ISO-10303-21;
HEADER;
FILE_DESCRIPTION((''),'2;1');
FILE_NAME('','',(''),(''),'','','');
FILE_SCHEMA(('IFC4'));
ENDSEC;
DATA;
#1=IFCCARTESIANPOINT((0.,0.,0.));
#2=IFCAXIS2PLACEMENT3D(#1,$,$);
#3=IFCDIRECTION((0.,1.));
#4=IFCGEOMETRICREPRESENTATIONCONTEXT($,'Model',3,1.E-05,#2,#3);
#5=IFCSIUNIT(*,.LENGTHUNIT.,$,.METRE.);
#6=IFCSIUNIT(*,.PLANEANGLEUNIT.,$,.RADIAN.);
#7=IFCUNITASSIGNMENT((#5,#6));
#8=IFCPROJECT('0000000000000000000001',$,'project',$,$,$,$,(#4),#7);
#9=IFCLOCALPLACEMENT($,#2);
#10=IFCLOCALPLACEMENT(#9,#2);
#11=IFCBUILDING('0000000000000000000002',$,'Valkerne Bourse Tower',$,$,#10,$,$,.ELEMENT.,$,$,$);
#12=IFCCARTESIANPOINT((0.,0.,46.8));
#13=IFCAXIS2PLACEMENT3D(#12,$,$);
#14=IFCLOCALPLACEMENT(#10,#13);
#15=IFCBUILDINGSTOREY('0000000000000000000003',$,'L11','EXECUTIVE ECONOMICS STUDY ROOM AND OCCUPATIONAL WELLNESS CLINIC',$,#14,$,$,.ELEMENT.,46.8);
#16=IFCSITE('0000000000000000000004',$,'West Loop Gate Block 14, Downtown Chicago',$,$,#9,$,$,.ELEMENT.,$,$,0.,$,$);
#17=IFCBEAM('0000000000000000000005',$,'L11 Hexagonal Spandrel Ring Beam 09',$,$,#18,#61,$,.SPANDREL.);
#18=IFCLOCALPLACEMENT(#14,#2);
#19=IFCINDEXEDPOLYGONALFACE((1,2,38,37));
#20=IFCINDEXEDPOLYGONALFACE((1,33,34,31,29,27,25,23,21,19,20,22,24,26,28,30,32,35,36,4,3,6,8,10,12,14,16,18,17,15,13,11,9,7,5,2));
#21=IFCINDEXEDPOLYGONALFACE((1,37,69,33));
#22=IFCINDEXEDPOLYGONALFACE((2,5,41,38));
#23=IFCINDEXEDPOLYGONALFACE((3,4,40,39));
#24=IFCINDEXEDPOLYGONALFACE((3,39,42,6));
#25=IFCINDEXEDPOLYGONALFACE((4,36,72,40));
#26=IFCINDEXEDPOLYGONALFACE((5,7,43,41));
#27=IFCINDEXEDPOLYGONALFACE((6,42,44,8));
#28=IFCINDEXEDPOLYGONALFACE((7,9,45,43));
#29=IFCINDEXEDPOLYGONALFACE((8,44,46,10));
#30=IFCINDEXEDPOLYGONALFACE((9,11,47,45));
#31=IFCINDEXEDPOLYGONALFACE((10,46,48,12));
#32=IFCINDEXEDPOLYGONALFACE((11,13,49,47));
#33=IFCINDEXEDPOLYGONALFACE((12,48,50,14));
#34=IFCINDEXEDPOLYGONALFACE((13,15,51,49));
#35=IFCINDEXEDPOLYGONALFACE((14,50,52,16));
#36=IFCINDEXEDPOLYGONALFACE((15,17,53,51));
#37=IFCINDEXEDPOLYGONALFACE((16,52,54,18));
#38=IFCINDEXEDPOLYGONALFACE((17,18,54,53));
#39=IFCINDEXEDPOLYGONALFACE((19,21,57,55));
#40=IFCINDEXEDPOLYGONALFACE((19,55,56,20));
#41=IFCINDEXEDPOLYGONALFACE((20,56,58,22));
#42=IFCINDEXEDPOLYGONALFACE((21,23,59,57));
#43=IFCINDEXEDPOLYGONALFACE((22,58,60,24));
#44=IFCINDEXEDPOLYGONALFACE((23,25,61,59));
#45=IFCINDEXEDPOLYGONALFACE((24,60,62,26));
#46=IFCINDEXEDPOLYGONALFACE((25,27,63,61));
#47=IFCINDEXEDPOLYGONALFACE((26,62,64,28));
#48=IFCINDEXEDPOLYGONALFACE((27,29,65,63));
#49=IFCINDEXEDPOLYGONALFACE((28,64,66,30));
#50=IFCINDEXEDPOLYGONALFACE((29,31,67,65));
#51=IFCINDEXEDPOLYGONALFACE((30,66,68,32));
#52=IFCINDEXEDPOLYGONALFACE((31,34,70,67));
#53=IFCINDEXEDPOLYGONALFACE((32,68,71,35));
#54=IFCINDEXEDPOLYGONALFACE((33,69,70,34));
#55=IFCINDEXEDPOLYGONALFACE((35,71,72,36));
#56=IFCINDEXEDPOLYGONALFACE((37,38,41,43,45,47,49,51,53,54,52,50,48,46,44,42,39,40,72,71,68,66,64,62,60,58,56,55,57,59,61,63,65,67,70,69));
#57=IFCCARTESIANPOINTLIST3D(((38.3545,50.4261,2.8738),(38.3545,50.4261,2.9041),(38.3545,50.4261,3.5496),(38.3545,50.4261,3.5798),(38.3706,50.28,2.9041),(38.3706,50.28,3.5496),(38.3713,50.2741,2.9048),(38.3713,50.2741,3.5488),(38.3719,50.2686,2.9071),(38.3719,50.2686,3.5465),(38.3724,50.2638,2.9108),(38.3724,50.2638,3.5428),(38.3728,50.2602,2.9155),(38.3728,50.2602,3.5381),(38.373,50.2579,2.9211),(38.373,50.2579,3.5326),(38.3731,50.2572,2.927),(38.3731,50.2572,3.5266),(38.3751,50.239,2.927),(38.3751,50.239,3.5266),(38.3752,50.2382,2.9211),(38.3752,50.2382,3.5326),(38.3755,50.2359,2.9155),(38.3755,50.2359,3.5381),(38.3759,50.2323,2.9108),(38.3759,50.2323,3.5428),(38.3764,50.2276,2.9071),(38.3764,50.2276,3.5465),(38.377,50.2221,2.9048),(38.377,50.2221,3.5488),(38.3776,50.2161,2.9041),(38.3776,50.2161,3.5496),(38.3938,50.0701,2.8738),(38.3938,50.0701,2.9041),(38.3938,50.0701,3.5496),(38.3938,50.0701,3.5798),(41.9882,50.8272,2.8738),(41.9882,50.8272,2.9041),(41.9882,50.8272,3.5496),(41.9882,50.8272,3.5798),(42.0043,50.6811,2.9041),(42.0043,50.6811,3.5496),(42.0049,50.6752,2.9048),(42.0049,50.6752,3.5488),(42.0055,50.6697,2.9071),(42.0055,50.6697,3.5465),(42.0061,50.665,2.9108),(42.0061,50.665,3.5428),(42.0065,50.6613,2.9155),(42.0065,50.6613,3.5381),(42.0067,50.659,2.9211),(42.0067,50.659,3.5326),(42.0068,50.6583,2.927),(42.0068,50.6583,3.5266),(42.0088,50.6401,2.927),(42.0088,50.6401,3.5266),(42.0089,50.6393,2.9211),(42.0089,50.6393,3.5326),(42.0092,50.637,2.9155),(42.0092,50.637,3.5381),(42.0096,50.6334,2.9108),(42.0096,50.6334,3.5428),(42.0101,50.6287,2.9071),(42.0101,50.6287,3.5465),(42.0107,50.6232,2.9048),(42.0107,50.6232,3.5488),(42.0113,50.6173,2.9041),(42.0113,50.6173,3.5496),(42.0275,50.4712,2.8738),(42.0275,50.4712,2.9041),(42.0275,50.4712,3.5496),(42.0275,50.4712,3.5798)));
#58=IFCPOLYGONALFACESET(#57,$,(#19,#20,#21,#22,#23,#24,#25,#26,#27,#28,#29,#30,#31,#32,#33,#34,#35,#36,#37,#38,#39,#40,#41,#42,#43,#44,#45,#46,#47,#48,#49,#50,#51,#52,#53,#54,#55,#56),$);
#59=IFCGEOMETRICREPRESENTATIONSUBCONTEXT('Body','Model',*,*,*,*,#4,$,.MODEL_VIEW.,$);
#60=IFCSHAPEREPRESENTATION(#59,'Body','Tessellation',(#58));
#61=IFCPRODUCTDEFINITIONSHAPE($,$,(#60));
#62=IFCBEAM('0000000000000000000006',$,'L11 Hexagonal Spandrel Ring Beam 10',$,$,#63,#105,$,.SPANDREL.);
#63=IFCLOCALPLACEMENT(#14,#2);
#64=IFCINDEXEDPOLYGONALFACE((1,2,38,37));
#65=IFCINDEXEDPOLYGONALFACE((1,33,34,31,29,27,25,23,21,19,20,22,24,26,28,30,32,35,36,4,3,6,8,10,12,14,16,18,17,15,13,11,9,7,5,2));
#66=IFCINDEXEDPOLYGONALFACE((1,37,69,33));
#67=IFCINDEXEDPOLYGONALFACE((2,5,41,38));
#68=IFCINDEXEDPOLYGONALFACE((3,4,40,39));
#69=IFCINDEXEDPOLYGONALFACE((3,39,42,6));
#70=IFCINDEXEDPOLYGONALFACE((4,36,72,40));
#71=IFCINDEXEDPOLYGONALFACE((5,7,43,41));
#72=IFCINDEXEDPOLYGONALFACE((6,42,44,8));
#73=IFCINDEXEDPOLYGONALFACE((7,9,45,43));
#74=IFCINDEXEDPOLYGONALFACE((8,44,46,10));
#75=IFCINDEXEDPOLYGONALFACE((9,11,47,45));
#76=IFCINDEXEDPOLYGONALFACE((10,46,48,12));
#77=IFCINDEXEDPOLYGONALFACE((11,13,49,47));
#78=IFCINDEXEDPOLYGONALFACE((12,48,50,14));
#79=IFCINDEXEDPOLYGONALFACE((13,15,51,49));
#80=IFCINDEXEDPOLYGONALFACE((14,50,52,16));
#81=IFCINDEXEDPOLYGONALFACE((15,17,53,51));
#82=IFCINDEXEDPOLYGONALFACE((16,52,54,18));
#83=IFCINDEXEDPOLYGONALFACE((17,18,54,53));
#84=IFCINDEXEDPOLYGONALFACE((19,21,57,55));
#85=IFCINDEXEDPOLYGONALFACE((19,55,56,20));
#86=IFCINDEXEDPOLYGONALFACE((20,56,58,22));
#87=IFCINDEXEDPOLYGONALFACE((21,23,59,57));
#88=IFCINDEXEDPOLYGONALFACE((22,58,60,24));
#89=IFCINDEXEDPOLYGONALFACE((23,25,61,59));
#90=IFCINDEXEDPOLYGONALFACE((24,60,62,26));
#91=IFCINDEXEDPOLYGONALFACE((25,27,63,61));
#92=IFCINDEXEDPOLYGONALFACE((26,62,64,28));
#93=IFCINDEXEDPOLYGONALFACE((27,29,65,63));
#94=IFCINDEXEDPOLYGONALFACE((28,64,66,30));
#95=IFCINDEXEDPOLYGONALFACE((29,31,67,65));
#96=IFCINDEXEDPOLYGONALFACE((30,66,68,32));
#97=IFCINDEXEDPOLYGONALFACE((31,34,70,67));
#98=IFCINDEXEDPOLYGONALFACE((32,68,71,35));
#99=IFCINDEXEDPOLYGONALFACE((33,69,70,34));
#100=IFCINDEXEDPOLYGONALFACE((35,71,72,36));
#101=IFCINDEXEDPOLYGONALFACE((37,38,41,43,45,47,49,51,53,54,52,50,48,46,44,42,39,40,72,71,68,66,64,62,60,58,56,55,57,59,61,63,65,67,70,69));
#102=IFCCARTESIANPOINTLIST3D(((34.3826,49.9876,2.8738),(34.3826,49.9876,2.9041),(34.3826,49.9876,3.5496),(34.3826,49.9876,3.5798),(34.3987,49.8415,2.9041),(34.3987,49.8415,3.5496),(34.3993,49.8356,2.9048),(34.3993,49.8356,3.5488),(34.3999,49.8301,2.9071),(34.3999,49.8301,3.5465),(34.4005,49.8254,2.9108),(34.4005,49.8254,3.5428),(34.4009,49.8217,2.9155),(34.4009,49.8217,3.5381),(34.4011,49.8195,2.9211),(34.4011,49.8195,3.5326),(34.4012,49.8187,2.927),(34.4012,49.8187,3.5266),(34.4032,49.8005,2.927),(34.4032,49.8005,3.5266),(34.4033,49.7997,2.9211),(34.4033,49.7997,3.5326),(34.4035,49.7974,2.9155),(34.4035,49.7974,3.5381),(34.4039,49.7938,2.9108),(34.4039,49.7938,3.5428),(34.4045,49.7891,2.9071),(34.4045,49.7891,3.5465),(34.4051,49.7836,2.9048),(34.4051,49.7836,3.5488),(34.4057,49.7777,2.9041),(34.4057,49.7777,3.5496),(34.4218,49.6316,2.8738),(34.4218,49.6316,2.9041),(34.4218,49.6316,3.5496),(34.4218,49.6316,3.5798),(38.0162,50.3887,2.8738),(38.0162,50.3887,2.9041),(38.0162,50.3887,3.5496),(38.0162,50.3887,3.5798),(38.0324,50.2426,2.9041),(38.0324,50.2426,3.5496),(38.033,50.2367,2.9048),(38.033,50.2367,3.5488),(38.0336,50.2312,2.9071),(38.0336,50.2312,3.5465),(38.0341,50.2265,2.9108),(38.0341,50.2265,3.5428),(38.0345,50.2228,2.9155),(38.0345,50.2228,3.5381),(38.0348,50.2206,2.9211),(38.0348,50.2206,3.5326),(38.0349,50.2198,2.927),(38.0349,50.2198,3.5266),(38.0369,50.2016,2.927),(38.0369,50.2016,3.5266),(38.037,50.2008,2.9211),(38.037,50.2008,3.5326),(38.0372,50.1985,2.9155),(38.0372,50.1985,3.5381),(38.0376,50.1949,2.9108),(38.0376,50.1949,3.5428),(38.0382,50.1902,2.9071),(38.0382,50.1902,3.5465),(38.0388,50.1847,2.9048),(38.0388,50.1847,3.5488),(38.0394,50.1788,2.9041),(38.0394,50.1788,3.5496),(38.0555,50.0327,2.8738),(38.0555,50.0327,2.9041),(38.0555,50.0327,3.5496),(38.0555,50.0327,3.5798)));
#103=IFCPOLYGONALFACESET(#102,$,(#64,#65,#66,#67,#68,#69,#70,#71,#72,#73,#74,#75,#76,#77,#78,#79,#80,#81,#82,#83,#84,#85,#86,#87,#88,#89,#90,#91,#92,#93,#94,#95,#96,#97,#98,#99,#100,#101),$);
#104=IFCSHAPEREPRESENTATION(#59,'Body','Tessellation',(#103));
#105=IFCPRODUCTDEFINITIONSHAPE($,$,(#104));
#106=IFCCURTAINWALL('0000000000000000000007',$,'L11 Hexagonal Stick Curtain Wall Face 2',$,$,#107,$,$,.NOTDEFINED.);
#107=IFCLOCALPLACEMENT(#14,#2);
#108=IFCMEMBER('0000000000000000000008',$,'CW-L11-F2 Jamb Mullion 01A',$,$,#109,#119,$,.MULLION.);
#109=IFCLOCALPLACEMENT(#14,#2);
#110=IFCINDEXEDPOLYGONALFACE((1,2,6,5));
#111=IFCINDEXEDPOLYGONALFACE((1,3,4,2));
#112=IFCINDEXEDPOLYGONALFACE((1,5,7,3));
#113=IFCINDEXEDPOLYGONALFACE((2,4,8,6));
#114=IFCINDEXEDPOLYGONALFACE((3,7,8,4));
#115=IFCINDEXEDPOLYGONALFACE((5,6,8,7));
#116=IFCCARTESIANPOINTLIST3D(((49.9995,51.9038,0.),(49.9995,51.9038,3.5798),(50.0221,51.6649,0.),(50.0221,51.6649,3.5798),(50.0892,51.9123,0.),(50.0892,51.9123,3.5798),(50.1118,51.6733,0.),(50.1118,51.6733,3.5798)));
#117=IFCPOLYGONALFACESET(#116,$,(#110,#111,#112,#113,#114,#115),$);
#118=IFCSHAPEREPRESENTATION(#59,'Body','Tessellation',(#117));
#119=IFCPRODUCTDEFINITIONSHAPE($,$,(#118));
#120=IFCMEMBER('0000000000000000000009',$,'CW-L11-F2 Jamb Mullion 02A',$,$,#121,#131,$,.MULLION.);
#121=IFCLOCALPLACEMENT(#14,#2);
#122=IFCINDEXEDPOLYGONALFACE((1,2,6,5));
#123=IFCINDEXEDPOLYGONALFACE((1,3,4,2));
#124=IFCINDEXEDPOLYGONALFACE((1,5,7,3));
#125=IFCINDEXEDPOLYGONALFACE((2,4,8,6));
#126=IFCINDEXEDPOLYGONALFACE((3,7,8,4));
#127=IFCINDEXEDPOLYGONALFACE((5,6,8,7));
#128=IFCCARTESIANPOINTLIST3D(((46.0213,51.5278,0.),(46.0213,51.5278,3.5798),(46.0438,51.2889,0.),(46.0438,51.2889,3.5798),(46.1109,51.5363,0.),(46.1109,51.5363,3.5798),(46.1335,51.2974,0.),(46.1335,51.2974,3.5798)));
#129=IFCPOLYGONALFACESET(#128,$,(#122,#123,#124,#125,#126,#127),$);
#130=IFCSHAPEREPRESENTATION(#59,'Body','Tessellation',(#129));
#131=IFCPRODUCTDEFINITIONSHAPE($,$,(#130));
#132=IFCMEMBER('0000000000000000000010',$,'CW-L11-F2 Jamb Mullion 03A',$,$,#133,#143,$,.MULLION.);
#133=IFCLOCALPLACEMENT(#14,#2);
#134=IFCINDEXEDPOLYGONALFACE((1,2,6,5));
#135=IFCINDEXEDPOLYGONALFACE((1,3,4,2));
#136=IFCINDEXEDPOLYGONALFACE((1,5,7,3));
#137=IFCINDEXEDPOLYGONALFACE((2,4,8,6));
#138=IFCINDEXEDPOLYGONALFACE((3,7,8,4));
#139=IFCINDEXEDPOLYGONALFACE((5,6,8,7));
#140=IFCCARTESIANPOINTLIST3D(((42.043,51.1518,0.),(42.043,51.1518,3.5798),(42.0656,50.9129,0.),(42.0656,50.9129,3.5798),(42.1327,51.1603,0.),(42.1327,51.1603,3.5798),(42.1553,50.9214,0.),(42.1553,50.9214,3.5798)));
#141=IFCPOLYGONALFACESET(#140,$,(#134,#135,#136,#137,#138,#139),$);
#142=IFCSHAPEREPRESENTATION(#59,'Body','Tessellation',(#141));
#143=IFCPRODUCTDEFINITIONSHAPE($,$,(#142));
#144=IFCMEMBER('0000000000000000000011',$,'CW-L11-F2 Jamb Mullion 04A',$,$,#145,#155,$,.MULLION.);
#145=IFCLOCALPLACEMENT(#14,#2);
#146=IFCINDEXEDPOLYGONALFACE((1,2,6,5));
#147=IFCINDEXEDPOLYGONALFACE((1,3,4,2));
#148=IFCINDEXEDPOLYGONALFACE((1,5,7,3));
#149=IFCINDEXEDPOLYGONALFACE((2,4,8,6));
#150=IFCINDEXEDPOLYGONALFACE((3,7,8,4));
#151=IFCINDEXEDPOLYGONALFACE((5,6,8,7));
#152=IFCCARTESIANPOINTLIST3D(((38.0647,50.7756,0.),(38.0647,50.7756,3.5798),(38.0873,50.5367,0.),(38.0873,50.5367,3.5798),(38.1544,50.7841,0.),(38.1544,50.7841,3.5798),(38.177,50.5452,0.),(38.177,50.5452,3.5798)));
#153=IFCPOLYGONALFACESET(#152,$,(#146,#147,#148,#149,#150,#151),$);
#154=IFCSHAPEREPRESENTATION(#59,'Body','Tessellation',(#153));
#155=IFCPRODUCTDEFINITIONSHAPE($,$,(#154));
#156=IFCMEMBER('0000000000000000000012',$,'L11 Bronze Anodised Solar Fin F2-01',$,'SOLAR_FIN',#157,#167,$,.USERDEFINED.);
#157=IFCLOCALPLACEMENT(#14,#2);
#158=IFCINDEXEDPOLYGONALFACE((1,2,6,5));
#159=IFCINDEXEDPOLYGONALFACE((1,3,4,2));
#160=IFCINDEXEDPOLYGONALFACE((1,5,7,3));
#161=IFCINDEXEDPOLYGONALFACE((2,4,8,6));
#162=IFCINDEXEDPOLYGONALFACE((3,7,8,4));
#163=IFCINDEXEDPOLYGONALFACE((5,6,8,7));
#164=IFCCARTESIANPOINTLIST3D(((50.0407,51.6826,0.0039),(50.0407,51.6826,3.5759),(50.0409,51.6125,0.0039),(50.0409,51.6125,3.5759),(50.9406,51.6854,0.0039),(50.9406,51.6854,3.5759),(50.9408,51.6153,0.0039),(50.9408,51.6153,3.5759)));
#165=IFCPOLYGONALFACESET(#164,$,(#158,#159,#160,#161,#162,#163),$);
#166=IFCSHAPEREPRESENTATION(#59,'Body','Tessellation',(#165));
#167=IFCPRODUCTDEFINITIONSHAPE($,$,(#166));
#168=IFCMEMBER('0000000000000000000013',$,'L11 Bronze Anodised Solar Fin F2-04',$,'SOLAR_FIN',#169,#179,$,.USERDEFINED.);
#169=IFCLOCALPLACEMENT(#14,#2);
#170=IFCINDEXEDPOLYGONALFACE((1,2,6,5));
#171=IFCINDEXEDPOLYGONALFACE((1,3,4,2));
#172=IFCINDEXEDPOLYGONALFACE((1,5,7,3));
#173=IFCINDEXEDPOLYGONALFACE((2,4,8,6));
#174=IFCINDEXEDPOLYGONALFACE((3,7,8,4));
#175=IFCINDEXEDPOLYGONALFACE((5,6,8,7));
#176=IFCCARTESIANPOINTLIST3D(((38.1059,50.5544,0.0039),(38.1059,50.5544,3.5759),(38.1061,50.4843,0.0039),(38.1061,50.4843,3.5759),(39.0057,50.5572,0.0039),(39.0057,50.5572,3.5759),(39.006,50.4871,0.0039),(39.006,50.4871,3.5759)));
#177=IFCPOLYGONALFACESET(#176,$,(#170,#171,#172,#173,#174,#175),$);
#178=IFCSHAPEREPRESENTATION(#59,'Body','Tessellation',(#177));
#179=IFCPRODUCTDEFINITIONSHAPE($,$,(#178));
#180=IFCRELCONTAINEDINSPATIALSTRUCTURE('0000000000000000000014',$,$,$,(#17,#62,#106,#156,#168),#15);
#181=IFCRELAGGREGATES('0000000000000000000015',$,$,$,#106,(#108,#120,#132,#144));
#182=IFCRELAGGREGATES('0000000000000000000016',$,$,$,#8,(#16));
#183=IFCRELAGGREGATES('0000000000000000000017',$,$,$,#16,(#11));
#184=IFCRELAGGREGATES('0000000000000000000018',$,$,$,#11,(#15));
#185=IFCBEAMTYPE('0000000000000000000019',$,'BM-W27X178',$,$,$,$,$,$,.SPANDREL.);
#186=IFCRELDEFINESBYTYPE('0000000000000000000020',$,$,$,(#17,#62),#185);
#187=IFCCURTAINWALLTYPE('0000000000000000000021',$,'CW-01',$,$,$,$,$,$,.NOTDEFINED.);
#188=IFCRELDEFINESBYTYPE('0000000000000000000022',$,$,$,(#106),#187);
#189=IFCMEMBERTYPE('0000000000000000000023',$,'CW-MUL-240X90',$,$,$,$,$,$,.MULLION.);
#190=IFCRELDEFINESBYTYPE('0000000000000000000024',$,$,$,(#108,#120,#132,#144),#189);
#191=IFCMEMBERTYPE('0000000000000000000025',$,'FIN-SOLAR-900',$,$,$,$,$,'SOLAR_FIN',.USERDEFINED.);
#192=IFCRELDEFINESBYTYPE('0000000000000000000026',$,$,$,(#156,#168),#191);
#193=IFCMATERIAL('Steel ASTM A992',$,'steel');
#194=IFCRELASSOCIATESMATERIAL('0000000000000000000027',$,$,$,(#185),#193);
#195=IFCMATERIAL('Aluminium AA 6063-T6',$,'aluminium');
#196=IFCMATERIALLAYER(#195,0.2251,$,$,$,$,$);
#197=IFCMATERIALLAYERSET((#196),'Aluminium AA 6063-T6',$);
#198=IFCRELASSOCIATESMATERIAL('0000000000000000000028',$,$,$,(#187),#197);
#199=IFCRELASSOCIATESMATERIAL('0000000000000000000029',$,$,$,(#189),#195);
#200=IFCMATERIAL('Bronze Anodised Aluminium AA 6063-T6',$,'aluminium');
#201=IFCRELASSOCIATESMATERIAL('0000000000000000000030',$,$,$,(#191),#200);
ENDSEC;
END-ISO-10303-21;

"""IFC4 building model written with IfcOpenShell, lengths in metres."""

from ifc_helpers import new_model, si_unit, direction, frame, origin, origin_2d, place, context, subcontext, project, spatial, rectangle, i_section, extrude, material, layer, layer_set, material_profile, profile_set, type_object, element, aggregate, save


model = new_model("IFC4")

# Units and contexts
model_context = context("Model", 3, precision=1e-05, world=origin(), true_north=direction((0.0, 1.0)))
body_context = subcontext(model_context, "Body", "Model", "MODEL_VIEW")
ifc_project = project(units=[si_unit("LENGTHUNIT", "METRE"), si_unit("PLANEANGLEUNIT", "RADIAN")], contexts=[model_context])

# Site, building, storey
site_placement = place(None, origin())
site = spatial("IfcSite", under=ifc_project, at=site_placement, Name="West Loop Gate Block 14, Downtown Chicago", CompositionType="ELEMENT", RefElevation=0.0)
building_placement = place(site_placement, origin())
building = spatial("IfcBuilding", under=site, at=building_placement, Name="Valkerne Bourse Tower", CompositionType="ELEMENT")
storey_placement = place(building_placement, frame((0.0, 0.0, 46.8)))
storey = spatial("IfcBuildingStorey", under=building, at=storey_placement, Name="L11", Description="EXECUTIVE ECONOMICS STUDY ROOM AND OCCUPATIONAL WELLNESS CLINIC", CompositionType="ELEMENT", Elevation=46.8)

# Beams
ifc_material_1 = material(Name="Steel ASTM A992", Category="steel")
ifc_material_profile_1 = material_profile(ifc_material_1, i_section(OverallWidth=0.3582, OverallDepth=0.7061, WebThickness=0.0183, FlangeThickness=0.0303, FilletRadius=0.0229, at=origin_2d()), Name="W27X178")
ifc_profile_set_1 = profile_set([ifc_material_profile_1], Name="Steel ASTM A992")
beam_type_1 = type_object("IfcBeamType", Name="BM-W27X178", PredefinedType="SPANDREL", material=ifc_profile_set_1)
for number, where, z_axis, x_axis, name in (
    (1, (42.0078, 50.6492, 3.2268), (-0.993962, -0.109721, 0.0), (0.109721, -0.993962, 0.0), "L11 Hexagonal Spandrel Ring Beam 09"),
    (2, (38.0359, 50.2107, 3.2268), (-0.993962, -0.109721, 0.0), (0.109721, -0.993962, 0.0), "L11 Hexagonal Spandrel Ring Beam 10"),
):
    element("IfcBeam", number, at=place(storey_placement, frame(where, z_axis=z_axis, x_axis=x_axis)), inside=storey, type_object=beam_type_1, Name=name, PredefinedType="SPANDREL", context=body_context, shape_type="SweptSolid", body=[
        extrude(i_section(OverallWidth=0.3582, OverallDepth=0.7061, WebThickness=0.0183, FlangeThickness=0.0303, FilletRadius=0.0229, at=origin_2d()), origin(), (0.0, 0.0, 1.0), 3.6558),
    ])

# Curtain wall, members
ifc_material_2 = material(Name="Aluminium AA 6063-T6", Category="aluminium")
ifc_layer_1 = layer(ifc_material_2, 0.2251)
ifc_layer_set_1 = layer_set([ifc_layer_1], Name="Aluminium AA 6063-T6")
curtain_wall_type = type_object("IfcCurtainWallType", Name="CW-01", PredefinedType="NOTDEFINED", material=ifc_layer_set_1)
curtain_wall_placement = place(storey_placement, origin())
curtain_wall = element("IfcCurtainWall", 3, at=curtain_wall_placement, inside=storey, type_object=curtain_wall_type, Name="L11 Hexagonal Stick Curtain Wall Face 2", PredefinedType="NOTDEFINED")
ifc_material_profile_2 = material_profile(ifc_material_2, rectangle(XDim=0.0901, YDim=0.24, at=origin_2d()), Name="CWM-90X240")
ifc_profile_set_2 = profile_set([ifc_material_profile_2], Name="Aluminium AA 6063-T6")
member_type_1 = type_object("IfcMemberType", Name="CW-MUL-240X90", PredefinedType="MULLION", material=ifc_profile_set_2)
member_1_placement = place(storey_placement, frame((50.0557, 51.7886, 0.0), z_axis=(0.0, 0.0, 1.0), x_axis=(-0.995563, -0.094093, 0.0)))
member_1 = element("IfcMember", 4, at=member_1_placement, type_object=member_type_1, Name="CW-L11-F2 Jamb Mullion 01A", PredefinedType="MULLION", context=body_context, shape_type="SweptSolid", body=[
    extrude(rectangle(XDim=0.0901, YDim=0.24, at=origin_2d()), origin(), (0.0, 0.0, 1.0), 3.5798),
])
member_2_placement = place(storey_placement, frame((46.0774, 51.4126, 0.0), z_axis=(0.0, 0.0, 1.0), x_axis=(-0.995561, -0.094118, 0.0)))
member_2 = element("IfcMember", 5, at=member_2_placement, type_object=member_type_1, Name="CW-L11-F2 Jamb Mullion 02A", PredefinedType="MULLION", context=body_context, shape_type="SweptSolid", body=[
    extrude(rectangle(XDim=0.0901, YDim=0.24, at=origin_2d()), origin(), (0.0, 0.0, 1.0), 3.5798),
])
member_3_placement = place(storey_placement, frame((42.0991, 51.0366, 0.0), z_axis=(0.0, 0.0, 1.0), x_axis=(-0.995563, -0.094096, 0.0)))
member_3 = element("IfcMember", 6, at=member_3_placement, type_object=member_type_1, Name="CW-L11-F2 Jamb Mullion 03A", PredefinedType="MULLION", context=body_context, shape_type="SweptSolid", body=[
    extrude(rectangle(XDim=0.0901, YDim=0.24, at=origin_2d()), origin(), (0.0, 0.0, 1.0), 3.5798),
])
member_4_placement = place(storey_placement, frame((38.1208, 50.6604, 0.0), z_axis=(0.0, 0.0, 1.0), x_axis=(-0.995561, -0.094118, 0.0)))
member_4 = element("IfcMember", 7, at=member_4_placement, type_object=member_type_1, Name="CW-L11-F2 Jamb Mullion 04A", PredefinedType="MULLION", context=body_context, shape_type="SweptSolid", body=[
    extrude(rectangle(XDim=0.0901, YDim=0.24, at=origin_2d()), origin(), (0.0, 0.0, 1.0), 3.5798),
])

# Members
ifc_material_3 = material(Name="Bronze Anodised Aluminium AA 6063-T6", Category="aluminium")
ifc_material_profile_3 = material_profile(ifc_material_3, rectangle(XDim=0.0701, YDim=0.8999, at=origin_2d()), Name="FIN-70X900")
ifc_profile_set_3 = profile_set([ifc_material_profile_3], Name="Bronze Anodised Aluminium AA 6063-T6")
member_type_2 = type_object("IfcMemberType", Name="FIN-SOLAR-900", ElementType="SOLAR_FIN", PredefinedType="USERDEFINED", material=ifc_profile_set_3)
for number, where, z_axis, x_axis, name in (
    (8, (50.4907, 51.6489, 0.0039), (0.0, 0.0, 1.0), (-0.003098, 0.999995, 0.0), "L11 Bronze Anodised Solar Fin F2-01"),
    (9, (38.5559, 50.5208, 0.0039), (0.0, 0.0, 1.0), (-0.003117, 0.999995, 0.0), "L11 Bronze Anodised Solar Fin F2-04"),
):
    element("IfcMember", number, at=place(storey_placement, frame(where, z_axis=z_axis, x_axis=x_axis)), inside=storey, type_object=member_type_2, Name=name, ObjectType="SOLAR_FIN", PredefinedType="USERDEFINED", context=body_context, shape_type="SweptSolid", body=[
        extrude(rectangle(XDim=0.0701, YDim=0.8999, at=origin_2d()), origin(), (0.0, 0.0, 1.0), 3.572),
    ])

aggregate(curtain_wall, [member_1, member_2, member_3, member_4])

save(model, "model.ifc")
